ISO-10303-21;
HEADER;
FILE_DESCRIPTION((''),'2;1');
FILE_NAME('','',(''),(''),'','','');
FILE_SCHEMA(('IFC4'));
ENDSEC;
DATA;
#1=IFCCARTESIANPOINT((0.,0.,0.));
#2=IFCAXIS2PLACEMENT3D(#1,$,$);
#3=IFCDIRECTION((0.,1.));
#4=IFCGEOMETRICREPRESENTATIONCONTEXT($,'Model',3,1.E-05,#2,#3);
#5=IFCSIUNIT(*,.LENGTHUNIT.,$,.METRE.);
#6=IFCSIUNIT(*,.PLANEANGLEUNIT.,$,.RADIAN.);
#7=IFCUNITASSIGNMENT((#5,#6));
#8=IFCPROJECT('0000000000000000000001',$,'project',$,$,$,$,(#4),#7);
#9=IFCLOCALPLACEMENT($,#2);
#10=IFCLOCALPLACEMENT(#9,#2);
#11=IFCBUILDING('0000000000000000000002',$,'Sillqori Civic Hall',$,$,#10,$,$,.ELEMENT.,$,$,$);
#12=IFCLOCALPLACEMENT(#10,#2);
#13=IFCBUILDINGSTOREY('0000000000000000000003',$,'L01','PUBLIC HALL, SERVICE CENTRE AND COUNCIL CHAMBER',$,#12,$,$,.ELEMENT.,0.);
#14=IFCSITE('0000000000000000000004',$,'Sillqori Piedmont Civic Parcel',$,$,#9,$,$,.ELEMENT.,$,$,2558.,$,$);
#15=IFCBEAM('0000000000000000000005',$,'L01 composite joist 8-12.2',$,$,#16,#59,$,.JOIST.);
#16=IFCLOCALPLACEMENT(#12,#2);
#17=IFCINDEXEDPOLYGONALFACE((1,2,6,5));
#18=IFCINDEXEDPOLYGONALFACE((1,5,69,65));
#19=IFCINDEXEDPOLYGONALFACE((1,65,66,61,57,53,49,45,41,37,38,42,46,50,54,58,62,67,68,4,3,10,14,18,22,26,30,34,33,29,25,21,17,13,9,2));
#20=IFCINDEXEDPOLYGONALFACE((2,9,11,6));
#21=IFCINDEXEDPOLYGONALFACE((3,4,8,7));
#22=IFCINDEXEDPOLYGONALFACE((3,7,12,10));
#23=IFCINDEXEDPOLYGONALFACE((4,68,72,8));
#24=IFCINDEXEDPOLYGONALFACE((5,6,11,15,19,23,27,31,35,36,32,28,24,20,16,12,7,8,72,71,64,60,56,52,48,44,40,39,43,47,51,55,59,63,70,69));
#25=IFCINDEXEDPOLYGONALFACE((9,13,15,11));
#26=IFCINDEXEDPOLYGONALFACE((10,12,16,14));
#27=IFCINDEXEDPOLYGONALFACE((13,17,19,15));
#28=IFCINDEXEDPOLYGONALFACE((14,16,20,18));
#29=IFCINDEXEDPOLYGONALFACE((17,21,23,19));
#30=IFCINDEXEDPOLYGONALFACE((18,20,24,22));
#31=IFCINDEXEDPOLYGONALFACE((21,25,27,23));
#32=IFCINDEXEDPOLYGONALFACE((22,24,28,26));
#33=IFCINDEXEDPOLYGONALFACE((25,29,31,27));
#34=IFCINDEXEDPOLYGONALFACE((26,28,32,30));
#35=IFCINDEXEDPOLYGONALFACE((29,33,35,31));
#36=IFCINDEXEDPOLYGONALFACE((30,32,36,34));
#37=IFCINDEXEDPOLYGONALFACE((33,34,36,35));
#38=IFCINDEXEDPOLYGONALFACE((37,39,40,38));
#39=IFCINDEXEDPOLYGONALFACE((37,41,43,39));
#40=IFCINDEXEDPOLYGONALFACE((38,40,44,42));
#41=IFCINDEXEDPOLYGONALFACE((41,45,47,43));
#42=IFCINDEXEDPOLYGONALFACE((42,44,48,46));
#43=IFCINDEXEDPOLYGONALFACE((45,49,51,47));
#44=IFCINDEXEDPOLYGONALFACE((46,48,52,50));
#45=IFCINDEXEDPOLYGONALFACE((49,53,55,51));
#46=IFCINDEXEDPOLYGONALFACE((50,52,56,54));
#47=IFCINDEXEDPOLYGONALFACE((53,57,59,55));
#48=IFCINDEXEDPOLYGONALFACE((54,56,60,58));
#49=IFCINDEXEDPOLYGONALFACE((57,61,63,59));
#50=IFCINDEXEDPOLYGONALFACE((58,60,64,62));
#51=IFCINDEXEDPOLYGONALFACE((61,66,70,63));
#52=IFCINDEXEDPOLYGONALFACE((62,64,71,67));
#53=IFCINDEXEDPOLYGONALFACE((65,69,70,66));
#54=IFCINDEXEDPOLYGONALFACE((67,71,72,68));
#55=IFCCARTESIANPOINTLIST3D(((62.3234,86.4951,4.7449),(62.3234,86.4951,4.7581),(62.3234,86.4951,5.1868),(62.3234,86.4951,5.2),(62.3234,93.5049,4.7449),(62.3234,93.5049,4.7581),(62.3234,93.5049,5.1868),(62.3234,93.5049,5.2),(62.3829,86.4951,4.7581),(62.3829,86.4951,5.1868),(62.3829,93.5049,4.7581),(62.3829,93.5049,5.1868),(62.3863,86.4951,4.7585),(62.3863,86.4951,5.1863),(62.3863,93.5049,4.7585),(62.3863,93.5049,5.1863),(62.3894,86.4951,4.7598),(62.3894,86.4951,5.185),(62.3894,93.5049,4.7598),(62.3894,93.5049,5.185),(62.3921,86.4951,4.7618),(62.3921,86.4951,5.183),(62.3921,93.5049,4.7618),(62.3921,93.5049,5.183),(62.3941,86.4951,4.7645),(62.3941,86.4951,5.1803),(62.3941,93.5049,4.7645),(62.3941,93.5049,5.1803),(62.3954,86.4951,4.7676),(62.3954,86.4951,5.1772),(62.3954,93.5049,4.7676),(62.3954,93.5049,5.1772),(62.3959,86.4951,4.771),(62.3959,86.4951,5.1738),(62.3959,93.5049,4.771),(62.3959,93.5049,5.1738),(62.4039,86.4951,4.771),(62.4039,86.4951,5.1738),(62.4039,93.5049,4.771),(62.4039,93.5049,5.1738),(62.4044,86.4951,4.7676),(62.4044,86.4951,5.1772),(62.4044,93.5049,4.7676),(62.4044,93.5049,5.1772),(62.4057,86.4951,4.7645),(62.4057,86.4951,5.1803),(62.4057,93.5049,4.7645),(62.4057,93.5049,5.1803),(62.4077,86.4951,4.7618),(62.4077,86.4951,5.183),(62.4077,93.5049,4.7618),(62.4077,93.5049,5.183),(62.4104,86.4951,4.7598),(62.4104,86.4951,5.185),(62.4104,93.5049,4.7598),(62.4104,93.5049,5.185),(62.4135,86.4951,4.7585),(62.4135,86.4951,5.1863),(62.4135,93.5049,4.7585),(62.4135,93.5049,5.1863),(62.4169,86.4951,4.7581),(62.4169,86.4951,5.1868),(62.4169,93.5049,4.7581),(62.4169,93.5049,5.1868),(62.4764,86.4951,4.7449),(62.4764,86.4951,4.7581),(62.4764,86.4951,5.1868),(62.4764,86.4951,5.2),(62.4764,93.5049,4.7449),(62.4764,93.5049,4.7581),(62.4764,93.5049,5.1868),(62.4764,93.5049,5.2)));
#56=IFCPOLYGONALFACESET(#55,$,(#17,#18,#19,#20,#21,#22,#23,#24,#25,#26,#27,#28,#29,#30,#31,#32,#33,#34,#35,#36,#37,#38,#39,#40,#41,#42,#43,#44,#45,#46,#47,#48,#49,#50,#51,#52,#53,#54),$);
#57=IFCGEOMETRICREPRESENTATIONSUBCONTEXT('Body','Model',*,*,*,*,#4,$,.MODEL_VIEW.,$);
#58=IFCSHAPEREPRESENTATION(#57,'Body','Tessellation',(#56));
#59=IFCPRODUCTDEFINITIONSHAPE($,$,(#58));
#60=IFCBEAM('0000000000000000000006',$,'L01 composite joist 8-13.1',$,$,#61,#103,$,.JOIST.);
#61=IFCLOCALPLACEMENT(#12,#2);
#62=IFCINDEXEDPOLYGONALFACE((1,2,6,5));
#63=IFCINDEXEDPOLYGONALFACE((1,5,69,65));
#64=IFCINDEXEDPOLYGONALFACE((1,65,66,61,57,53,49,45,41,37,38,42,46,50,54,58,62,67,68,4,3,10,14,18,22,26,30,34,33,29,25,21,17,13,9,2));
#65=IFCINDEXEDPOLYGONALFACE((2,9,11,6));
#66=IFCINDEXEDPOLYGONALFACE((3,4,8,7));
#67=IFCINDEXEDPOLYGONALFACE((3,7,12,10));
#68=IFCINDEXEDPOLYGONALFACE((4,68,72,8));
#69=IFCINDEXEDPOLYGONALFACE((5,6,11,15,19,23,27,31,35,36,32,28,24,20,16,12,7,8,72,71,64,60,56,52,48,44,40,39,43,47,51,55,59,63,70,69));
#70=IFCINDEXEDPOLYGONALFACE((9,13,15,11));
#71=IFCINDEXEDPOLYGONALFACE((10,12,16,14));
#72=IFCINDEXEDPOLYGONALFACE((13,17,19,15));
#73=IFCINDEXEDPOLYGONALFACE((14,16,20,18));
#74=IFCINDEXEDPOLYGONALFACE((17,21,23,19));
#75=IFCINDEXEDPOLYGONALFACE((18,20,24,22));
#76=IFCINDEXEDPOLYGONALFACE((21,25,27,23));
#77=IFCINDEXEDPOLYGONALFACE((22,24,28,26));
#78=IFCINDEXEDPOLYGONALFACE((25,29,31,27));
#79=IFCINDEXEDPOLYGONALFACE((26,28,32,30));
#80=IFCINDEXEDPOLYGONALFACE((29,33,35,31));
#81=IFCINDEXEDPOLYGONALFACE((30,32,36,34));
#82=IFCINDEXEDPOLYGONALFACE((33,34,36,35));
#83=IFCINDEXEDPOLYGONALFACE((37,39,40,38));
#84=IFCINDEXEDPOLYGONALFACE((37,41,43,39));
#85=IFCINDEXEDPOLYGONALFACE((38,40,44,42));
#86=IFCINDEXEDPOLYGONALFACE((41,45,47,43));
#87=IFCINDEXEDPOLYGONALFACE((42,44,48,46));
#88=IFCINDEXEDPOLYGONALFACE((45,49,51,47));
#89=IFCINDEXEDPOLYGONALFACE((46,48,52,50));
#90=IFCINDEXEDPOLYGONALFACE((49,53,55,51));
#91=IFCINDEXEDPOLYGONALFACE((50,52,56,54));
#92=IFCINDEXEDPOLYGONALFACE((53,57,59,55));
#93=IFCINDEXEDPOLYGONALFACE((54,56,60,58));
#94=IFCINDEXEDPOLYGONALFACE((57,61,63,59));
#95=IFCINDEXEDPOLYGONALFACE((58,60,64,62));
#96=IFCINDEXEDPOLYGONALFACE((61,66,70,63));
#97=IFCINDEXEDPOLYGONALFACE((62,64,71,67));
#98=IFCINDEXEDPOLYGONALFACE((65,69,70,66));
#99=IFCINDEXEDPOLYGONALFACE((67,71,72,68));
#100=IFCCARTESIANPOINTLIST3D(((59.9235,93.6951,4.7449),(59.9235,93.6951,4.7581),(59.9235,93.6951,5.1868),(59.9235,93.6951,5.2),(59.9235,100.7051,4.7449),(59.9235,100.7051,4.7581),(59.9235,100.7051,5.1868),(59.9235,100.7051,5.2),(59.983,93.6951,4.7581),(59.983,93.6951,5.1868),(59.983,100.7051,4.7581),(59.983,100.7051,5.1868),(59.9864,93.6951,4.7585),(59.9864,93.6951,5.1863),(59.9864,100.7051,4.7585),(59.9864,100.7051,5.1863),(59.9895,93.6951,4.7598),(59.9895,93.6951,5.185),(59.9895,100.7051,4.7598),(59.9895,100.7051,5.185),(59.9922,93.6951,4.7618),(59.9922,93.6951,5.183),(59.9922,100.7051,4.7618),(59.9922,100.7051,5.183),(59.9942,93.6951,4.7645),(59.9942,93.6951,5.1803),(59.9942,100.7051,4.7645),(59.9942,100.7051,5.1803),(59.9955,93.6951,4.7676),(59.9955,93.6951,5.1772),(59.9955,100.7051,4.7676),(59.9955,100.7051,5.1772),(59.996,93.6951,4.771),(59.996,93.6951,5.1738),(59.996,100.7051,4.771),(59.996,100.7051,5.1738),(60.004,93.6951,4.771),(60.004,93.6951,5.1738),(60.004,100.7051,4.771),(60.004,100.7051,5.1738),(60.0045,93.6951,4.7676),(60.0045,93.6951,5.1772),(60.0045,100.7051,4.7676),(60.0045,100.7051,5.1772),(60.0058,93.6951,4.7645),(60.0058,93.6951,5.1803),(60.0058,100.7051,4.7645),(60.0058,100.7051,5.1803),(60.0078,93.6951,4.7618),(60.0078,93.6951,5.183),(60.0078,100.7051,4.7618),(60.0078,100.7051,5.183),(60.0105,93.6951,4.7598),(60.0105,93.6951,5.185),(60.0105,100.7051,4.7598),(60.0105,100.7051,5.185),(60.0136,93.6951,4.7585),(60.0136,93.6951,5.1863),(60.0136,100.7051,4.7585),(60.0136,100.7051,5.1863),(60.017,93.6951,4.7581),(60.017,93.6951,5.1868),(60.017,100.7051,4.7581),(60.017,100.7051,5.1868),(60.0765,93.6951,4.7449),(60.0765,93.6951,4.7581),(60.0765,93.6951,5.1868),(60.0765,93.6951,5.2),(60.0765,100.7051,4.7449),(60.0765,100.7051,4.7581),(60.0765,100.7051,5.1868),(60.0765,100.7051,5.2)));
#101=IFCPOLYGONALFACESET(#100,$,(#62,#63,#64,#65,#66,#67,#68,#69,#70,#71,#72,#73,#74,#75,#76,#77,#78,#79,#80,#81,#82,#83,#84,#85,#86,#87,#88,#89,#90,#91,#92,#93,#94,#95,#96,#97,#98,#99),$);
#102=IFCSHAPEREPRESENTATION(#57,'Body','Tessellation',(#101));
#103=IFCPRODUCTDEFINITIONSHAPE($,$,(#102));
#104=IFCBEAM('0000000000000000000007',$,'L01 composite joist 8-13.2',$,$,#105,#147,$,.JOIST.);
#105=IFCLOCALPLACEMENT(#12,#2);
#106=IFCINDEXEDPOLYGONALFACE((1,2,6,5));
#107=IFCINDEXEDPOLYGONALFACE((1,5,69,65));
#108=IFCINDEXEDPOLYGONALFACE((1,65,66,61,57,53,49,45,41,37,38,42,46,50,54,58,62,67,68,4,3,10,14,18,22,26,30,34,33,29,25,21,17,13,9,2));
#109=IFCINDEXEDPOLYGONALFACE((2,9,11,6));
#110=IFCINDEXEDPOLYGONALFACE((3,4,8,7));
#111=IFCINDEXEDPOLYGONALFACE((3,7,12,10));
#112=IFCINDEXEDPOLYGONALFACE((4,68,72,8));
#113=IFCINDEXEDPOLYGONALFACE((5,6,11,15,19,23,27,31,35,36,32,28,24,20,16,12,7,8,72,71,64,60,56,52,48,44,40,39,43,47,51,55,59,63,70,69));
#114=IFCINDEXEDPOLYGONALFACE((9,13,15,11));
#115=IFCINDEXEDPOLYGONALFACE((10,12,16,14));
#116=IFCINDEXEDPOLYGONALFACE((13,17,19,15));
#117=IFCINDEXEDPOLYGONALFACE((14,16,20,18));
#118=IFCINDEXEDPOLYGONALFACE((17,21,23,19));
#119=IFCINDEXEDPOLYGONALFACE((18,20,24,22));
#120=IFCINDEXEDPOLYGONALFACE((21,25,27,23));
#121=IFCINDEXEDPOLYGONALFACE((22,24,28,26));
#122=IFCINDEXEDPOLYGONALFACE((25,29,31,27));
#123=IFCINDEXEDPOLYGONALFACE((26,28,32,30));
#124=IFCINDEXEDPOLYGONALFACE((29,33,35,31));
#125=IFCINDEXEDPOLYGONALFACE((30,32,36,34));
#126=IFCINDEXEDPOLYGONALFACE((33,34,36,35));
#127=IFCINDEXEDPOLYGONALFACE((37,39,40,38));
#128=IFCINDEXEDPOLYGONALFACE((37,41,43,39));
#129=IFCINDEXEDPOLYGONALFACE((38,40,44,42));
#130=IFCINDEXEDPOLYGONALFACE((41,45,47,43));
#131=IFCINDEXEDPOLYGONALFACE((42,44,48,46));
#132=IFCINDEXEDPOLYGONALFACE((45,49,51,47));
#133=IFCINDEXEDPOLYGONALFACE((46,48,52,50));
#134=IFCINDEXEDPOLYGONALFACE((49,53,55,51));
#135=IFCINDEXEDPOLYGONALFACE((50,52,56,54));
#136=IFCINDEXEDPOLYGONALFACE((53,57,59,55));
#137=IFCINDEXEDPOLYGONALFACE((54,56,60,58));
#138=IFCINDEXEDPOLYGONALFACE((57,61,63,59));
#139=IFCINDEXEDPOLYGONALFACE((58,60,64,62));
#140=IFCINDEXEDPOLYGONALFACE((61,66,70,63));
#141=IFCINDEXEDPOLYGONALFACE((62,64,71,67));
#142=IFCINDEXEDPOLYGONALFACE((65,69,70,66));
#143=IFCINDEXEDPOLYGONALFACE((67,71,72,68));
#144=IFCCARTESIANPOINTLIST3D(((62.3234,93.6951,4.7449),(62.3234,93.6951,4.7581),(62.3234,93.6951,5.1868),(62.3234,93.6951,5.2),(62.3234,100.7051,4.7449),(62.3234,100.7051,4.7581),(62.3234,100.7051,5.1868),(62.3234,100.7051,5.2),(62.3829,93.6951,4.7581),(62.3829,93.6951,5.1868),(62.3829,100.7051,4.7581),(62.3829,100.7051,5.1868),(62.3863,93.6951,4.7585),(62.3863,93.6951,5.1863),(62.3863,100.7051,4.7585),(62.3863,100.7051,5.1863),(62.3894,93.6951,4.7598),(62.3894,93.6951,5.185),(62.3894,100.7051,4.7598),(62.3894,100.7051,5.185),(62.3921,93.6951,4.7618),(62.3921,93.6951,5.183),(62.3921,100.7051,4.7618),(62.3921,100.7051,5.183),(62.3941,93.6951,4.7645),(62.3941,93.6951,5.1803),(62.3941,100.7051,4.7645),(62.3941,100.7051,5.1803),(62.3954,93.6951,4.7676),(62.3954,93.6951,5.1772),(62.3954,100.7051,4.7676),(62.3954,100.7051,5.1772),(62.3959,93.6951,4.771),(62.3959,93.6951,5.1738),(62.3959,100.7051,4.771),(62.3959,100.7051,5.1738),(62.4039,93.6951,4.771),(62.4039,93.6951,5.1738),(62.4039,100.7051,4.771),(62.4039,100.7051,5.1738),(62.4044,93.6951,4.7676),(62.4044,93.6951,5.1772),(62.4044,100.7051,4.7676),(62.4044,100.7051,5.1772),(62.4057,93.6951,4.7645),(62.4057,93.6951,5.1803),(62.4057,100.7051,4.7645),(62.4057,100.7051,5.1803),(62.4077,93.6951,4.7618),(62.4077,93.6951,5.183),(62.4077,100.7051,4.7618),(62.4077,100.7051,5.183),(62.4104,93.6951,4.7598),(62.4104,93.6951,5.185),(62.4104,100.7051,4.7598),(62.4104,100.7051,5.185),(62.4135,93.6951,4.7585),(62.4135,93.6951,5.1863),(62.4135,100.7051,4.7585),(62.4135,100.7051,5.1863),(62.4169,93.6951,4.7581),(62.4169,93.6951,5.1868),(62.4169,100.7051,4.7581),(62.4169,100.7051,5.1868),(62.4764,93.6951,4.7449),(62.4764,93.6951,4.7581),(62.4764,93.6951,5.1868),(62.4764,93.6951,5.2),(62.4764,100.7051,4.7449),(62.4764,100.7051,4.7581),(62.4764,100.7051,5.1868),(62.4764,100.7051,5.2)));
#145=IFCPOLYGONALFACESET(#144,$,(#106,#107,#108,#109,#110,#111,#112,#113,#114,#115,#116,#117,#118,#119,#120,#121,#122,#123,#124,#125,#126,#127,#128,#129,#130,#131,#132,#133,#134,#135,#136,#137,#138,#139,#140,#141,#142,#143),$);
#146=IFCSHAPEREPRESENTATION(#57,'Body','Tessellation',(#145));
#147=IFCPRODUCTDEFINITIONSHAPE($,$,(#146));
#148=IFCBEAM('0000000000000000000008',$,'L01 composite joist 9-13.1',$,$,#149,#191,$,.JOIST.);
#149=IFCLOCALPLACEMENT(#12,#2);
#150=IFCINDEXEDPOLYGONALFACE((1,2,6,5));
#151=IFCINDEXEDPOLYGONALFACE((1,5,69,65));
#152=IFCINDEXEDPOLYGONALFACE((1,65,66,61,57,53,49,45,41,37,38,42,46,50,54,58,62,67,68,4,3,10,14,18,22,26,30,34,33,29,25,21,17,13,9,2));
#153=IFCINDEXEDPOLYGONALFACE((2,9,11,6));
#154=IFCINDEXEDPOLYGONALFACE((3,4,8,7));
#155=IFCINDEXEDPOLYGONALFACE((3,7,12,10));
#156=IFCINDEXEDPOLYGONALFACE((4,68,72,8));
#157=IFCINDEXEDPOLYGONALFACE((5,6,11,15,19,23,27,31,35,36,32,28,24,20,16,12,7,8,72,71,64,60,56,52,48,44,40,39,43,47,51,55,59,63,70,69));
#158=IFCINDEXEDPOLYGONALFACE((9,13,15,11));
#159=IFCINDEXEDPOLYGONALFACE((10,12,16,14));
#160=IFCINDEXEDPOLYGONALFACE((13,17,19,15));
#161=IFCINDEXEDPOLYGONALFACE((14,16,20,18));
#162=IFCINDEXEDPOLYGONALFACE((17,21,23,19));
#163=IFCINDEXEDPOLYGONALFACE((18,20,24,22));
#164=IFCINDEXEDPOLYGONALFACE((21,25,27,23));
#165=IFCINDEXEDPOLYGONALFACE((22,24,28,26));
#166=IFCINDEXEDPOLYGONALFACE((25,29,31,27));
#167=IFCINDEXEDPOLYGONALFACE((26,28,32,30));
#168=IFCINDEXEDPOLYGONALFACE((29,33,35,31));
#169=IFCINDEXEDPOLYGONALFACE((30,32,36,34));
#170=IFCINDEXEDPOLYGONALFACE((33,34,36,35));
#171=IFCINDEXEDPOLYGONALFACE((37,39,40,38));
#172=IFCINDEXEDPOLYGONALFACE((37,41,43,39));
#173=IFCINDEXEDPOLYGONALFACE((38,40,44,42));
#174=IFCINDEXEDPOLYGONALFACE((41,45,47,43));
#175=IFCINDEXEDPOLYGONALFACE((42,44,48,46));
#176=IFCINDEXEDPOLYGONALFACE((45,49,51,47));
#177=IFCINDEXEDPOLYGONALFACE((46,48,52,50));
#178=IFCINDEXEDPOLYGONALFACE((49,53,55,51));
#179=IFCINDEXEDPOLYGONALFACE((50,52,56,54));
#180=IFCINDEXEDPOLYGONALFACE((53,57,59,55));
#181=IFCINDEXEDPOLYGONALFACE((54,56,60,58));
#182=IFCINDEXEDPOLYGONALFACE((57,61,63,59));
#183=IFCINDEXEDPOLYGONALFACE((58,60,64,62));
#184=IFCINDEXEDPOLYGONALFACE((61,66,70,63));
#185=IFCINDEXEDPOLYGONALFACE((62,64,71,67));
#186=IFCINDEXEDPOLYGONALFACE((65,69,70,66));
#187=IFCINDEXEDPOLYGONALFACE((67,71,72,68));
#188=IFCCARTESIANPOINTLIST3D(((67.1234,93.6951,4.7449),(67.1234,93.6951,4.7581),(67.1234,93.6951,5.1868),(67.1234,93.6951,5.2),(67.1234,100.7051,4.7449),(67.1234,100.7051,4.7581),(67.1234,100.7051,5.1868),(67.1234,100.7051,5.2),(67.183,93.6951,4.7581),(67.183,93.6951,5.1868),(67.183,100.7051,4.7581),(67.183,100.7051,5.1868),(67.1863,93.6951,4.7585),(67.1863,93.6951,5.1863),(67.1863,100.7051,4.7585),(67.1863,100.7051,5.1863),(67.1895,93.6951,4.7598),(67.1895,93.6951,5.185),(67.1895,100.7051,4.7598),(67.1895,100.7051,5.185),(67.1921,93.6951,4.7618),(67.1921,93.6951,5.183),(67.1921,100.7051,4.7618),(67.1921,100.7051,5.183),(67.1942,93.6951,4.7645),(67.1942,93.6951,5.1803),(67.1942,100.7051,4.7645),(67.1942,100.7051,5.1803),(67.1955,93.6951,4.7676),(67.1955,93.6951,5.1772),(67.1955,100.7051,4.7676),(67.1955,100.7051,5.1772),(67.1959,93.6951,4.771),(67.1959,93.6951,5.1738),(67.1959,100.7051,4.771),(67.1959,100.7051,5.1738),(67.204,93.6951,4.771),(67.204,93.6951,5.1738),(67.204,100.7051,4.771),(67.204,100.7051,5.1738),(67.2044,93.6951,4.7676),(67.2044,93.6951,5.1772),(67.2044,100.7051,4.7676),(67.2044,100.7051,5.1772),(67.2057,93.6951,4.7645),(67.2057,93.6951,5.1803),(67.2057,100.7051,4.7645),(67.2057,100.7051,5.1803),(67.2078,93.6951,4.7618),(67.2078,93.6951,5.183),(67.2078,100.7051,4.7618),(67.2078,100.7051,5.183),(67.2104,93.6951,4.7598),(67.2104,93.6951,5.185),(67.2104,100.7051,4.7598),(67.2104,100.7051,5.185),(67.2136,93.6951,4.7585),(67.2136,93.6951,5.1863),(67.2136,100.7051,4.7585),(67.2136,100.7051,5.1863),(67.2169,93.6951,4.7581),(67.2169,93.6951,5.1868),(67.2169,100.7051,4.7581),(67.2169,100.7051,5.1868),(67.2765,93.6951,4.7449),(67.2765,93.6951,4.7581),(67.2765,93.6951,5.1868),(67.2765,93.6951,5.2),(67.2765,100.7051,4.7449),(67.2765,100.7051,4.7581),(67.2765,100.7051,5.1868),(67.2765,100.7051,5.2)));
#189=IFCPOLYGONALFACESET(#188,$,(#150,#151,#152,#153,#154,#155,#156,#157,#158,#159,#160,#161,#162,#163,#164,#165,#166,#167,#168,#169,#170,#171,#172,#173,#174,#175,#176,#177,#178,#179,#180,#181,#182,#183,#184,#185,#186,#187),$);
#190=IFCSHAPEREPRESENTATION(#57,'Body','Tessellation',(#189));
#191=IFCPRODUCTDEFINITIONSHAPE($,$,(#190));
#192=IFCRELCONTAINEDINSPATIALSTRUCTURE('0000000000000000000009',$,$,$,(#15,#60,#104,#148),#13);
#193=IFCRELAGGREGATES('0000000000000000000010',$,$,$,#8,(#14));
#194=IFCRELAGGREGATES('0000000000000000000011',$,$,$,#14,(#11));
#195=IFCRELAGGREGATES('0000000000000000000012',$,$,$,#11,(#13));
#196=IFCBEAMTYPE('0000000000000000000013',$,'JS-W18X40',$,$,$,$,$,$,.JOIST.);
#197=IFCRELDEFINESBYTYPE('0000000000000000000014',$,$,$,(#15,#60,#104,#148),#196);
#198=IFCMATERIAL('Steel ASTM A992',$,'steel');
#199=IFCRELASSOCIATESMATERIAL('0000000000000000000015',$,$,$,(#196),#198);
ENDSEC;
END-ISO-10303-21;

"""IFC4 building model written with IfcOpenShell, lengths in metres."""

from ifc_helpers import new_model, si_unit, direction, frame, origin, origin_2d, place, context, subcontext, project, spatial, i_section, extrude, material, material_profile, profile_set, type_object, element, save


model = new_model("IFC4")

# Units and contexts
model_context = context("Model", 3, precision=1e-05, world=origin(), true_north=direction((0.0, 1.0)))
body_context = subcontext(model_context, "Body", "Model", "MODEL_VIEW")
ifc_project = project(units=[si_unit("LENGTHUNIT", "METRE"), si_unit("PLANEANGLEUNIT", "RADIAN")], contexts=[model_context])

# Site, building, storey
site_placement = place(None, origin())
site = spatial("IfcSite", under=ifc_project, at=site_placement, Name="Sillqori Piedmont Civic Parcel", CompositionType="ELEMENT", RefElevation=2558.0)
building_placement = place(site_placement, origin())
building = spatial("IfcBuilding", under=site, at=building_placement, Name="Sillqori Civic Hall", CompositionType="ELEMENT")
storey_placement = place(building_placement, origin())
storey = spatial("IfcBuildingStorey", under=building, at=storey_placement, Name="L01", Description="PUBLIC HALL, SERVICE CENTRE AND COUNCIL CHAMBER", CompositionType="ELEMENT", Elevation=0.0)

# Shared definitions
ifc_material_1 = material(Name="Steel ASTM A992", Category="steel")

# Beams
ifc_material_profile_1 = material_profile(ifc_material_1, i_section(OverallWidth=0.1531, OverallDepth=0.4551, WebThickness=0.0081, FlangeThickness=0.0132, FilletRadius=0.0129, at=origin_2d()), Name="W18X40")
ifc_profile_set_1 = profile_set([ifc_material_profile_1], Name="Steel ASTM A992")
beam_type_1 = type_object("IfcBeamType", Name="JS-W18X40", PredefinedType="JOIST", material=ifc_profile_set_1)
for number, where, z_axis, x_axis, name in (
    (1, (62.3999, 86.4951, 4.9724), (0.0, 1.0, 0.0), (-1.0, 0.0, 0.0), "L01 composite joist 8-12.2"),
):
    element("IfcBeam", number, at=place(storey_placement, frame(where, z_axis=z_axis, x_axis=x_axis)), inside=storey, type_object=beam_type_1, Name=name, PredefinedType="JOIST", context=body_context, shape_type="SweptSolid", body=[
        extrude(i_section(OverallWidth=0.1531, OverallDepth=0.4551, WebThickness=0.0081, FlangeThickness=0.0132, FilletRadius=0.0129, at=origin_2d()), origin(), (0.0, 0.0, 1.0), 7.0098),
    ])
for number, where, z_axis, x_axis, name in (
    (2, (60.0, 93.6951, 4.9724), (0.0, 1.0, 0.0), (-1.0, 0.0, 0.0), "L01 composite joist 8-13.1"),
    (3, (62.3999, 93.6951, 4.9724), (0.0, 1.0, 0.0), (-1.0, 0.0, 0.0), "L01 composite joist 8-13.2"),
    (4, (67.2, 93.6951, 4.9724), (0.0, 1.0, 0.0), (-1.0, 0.0, 0.0), "L01 composite joist 9-13.1"),
):
    element("IfcBeam", number, at=place(storey_placement, frame(where, z_axis=z_axis, x_axis=x_axis)), inside=storey, type_object=beam_type_1, Name=name, PredefinedType="JOIST", context=body_context, shape_type="SweptSolid", body=[
        extrude(i_section(OverallWidth=0.1531, OverallDepth=0.4551, WebThickness=0.0081, FlangeThickness=0.0132, FilletRadius=0.0129, at=origin_2d()), origin(), (0.0, 0.0, 1.0), 7.01),
    ])

save(model, "model.ifc")
